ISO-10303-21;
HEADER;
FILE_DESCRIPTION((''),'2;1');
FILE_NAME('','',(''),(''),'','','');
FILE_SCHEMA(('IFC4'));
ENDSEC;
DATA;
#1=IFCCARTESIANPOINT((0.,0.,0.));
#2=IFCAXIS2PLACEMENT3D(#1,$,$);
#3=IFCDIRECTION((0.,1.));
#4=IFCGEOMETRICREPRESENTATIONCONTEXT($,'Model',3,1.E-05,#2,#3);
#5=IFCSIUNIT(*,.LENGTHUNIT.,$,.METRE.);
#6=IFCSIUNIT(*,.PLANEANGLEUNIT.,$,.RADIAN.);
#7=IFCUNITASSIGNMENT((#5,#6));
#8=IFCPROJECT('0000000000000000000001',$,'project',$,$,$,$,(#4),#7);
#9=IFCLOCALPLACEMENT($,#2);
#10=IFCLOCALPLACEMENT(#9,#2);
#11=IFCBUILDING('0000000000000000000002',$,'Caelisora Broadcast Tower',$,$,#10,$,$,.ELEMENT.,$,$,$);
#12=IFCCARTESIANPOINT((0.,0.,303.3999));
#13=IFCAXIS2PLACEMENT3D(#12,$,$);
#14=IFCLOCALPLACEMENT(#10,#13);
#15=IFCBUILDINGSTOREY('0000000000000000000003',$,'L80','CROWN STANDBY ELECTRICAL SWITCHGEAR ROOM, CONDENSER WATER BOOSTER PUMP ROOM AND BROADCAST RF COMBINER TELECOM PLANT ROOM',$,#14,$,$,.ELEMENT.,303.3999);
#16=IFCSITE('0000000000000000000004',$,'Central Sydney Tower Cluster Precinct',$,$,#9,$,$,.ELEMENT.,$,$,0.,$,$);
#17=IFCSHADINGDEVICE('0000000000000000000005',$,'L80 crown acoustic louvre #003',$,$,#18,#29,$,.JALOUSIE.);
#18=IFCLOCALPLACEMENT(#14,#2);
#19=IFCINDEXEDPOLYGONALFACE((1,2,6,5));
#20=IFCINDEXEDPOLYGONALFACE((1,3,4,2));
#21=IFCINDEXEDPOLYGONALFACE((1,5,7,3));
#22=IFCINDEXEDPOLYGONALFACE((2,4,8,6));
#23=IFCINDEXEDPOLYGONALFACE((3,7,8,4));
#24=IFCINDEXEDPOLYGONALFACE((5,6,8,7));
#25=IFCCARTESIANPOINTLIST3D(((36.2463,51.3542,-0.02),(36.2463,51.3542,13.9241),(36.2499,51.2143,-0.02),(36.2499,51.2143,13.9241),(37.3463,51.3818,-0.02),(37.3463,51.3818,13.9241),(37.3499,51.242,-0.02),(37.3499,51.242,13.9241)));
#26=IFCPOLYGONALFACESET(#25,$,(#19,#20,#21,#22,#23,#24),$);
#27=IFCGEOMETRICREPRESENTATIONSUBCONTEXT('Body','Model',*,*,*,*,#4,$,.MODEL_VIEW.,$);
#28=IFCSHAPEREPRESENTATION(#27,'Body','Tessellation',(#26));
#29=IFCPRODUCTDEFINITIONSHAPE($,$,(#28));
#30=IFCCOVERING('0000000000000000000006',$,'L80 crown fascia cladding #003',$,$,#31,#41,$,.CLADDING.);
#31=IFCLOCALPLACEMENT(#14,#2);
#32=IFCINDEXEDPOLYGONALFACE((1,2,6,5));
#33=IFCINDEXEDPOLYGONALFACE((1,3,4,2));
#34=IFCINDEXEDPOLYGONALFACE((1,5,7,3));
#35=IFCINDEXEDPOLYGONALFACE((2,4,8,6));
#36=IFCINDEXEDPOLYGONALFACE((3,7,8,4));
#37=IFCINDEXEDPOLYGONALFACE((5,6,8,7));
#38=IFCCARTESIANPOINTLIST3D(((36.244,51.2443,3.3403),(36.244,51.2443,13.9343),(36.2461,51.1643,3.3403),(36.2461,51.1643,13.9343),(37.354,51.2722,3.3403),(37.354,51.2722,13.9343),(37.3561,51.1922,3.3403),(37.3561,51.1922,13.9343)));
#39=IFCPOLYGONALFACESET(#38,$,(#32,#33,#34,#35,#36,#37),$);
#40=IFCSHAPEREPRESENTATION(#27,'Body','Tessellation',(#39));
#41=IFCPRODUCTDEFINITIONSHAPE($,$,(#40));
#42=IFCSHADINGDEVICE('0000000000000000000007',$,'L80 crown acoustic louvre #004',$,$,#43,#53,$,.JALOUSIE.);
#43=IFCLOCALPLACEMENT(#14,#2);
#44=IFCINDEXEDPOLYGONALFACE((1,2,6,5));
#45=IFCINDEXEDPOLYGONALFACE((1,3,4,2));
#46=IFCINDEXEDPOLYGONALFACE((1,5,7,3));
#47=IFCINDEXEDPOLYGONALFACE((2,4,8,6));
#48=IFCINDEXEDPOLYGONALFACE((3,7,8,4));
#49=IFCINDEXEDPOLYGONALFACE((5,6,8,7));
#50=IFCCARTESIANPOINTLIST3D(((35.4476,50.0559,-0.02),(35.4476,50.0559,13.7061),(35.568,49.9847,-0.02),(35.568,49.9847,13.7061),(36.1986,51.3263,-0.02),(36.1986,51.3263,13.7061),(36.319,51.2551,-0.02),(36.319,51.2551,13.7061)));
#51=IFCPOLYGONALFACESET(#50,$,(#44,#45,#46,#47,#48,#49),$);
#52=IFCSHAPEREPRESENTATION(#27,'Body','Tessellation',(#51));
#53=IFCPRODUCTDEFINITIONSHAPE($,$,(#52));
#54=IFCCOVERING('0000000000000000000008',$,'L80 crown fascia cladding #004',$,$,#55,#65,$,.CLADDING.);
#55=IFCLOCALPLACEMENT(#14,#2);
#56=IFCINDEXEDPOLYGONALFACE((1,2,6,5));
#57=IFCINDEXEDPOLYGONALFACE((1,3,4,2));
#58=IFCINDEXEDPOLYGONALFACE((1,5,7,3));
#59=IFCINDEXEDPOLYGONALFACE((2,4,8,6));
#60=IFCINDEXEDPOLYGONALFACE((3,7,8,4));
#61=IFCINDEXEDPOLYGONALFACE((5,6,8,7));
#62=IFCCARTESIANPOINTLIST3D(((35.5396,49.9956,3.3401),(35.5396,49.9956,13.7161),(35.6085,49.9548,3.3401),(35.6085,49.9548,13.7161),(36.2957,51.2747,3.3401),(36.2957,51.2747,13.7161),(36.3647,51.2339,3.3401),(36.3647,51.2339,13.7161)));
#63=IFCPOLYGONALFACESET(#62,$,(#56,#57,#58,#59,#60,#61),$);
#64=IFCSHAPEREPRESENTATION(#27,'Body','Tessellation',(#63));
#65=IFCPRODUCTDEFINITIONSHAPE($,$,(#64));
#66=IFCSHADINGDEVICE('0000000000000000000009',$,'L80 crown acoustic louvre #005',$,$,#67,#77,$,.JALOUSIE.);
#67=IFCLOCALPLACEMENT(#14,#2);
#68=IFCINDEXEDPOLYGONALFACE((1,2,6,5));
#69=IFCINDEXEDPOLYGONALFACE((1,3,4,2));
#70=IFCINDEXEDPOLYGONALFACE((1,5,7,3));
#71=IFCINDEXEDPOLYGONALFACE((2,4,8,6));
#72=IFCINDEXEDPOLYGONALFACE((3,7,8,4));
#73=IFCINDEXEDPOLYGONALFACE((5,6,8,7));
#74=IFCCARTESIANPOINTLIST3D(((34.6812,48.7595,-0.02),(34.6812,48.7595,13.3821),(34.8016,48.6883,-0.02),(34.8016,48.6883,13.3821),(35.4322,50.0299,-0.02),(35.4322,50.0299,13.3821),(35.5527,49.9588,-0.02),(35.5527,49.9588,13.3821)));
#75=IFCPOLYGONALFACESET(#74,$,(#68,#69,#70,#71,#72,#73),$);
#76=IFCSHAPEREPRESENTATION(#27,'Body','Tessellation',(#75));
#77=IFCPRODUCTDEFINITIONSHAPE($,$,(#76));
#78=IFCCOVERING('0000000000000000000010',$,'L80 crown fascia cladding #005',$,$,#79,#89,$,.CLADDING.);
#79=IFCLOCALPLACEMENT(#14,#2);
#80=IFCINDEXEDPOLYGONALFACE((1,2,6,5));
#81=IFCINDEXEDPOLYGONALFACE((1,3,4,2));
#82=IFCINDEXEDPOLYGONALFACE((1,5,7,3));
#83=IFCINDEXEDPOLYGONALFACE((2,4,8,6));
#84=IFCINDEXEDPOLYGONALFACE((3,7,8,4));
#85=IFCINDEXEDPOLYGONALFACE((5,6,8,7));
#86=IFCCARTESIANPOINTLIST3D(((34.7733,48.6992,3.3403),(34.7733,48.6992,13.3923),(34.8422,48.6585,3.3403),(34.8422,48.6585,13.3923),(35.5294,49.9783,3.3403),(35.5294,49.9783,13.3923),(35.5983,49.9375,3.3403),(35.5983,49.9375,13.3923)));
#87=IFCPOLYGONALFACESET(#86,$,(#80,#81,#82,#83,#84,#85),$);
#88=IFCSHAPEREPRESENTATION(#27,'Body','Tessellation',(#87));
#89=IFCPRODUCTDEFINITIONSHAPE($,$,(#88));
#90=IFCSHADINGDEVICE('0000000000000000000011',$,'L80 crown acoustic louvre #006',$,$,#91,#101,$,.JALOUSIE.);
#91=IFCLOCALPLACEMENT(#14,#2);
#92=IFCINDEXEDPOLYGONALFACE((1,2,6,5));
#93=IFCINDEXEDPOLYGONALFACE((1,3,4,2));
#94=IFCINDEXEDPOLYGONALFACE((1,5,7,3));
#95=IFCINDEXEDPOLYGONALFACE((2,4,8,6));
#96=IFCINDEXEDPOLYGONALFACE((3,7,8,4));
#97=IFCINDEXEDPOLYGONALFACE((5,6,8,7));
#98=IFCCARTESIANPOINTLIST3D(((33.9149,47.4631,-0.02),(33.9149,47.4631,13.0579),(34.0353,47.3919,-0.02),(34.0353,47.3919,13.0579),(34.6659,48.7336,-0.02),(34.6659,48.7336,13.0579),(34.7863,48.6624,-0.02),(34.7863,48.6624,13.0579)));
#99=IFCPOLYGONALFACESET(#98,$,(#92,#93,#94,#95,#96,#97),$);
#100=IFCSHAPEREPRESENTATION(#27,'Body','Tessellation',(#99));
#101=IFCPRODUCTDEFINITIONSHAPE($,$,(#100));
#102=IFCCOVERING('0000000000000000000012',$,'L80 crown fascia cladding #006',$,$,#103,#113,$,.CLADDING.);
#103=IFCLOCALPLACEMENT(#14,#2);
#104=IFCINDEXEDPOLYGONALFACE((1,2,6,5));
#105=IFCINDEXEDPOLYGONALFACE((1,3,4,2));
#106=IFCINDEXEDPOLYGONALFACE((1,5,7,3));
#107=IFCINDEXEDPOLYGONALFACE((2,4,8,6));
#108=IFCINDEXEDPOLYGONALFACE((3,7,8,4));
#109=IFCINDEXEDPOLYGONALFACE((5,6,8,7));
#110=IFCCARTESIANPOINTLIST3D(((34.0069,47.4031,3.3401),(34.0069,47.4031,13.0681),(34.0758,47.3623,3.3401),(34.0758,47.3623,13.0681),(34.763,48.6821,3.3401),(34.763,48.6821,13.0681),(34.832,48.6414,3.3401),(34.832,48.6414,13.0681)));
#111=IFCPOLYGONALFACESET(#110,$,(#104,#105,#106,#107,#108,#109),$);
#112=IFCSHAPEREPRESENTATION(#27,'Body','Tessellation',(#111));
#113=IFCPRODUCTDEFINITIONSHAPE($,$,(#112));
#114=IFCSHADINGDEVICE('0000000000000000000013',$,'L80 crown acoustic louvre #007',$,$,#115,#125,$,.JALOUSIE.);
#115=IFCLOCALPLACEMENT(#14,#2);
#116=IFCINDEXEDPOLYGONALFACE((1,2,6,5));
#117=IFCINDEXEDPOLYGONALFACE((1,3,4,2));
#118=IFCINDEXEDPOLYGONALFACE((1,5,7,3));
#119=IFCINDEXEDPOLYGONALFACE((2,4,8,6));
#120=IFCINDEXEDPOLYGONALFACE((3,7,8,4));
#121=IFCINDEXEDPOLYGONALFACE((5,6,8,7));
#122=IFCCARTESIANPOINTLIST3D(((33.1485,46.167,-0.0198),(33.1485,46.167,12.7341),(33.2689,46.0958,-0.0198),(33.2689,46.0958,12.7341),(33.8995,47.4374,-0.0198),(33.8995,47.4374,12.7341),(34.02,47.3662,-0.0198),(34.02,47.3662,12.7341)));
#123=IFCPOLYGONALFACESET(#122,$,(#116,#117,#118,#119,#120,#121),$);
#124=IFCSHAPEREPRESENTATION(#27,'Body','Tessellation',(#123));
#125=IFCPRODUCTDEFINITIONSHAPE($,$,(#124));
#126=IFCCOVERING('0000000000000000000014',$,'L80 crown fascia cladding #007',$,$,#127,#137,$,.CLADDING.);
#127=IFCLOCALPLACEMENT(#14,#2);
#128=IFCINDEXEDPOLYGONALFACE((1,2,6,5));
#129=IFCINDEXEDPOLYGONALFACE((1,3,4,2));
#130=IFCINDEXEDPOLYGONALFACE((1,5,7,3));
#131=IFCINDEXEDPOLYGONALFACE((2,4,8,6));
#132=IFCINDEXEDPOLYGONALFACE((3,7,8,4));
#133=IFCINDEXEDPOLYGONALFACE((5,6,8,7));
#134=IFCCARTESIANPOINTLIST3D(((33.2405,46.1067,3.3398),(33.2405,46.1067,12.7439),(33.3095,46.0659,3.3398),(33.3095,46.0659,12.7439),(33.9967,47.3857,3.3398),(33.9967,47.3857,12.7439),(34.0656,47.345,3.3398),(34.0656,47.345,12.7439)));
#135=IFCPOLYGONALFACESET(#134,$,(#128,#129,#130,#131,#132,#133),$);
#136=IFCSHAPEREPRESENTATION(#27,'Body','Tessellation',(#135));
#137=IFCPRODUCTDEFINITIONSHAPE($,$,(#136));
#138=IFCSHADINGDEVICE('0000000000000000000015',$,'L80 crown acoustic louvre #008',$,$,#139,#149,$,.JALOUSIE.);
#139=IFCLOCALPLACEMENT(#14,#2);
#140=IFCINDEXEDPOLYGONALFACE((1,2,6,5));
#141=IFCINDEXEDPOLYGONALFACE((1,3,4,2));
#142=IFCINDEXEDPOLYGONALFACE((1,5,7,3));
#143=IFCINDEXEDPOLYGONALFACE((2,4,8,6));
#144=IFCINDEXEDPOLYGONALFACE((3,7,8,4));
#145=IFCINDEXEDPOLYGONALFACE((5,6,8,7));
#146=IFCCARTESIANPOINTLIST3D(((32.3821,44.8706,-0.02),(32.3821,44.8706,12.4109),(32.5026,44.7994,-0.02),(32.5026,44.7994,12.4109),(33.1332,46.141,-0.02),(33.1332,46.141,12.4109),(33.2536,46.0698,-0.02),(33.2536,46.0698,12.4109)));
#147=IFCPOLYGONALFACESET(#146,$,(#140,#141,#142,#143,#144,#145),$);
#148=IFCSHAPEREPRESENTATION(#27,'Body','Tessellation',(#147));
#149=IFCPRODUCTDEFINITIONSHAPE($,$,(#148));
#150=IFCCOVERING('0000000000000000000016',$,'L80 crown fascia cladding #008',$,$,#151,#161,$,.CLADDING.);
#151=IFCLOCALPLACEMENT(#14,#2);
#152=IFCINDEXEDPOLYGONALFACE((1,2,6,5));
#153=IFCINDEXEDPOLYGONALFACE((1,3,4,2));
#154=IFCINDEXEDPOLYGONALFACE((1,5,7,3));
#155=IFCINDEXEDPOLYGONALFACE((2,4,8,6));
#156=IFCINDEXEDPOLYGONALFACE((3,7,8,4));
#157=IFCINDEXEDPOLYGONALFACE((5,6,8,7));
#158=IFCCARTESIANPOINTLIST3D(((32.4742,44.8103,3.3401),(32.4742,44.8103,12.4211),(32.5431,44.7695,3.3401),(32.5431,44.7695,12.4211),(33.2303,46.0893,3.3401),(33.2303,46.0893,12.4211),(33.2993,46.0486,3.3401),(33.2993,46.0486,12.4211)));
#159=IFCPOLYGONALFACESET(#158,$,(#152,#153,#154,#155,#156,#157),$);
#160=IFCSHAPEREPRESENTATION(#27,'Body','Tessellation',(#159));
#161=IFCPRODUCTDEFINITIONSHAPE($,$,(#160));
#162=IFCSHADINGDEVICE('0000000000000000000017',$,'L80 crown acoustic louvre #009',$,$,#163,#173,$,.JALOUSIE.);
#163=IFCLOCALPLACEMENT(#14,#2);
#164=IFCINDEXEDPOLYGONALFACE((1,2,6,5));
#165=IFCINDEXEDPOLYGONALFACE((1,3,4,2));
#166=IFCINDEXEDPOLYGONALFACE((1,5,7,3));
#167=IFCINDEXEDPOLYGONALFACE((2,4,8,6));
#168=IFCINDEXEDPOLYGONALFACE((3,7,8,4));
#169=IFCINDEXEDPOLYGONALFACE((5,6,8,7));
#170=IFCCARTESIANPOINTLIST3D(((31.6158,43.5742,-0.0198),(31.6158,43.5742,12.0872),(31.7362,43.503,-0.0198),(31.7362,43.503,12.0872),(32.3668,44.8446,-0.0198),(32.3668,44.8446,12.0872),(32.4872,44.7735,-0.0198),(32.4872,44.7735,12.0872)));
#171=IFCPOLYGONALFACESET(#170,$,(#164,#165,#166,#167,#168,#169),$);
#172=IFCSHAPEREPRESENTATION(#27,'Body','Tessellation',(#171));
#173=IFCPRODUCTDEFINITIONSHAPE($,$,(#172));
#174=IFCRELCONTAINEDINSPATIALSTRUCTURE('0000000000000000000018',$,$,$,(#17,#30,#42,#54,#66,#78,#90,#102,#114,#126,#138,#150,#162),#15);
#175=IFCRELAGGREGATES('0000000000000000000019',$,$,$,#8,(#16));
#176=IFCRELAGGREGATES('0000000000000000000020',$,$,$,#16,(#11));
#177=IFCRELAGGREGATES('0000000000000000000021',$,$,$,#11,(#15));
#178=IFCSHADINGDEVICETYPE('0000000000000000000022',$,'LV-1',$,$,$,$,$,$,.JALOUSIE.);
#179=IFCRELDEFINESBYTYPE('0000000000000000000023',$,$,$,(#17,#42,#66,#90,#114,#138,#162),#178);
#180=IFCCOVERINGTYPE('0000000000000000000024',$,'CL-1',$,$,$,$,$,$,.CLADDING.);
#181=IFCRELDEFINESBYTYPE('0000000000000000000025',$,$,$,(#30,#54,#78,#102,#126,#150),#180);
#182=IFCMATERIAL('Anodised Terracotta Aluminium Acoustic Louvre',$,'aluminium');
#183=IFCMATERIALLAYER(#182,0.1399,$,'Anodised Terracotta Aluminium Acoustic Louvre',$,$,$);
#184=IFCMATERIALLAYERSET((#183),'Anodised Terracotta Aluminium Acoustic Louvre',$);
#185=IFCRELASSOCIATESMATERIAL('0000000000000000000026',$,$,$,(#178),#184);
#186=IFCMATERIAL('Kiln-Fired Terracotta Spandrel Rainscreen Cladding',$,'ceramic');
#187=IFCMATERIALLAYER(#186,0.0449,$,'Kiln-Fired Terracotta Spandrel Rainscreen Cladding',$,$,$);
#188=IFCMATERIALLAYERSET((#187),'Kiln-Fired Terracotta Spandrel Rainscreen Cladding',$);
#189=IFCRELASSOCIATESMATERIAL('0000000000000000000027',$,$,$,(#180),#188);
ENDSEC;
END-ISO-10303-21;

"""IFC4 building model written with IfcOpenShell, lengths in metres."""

from ifc_helpers import new_model, si_unit, direction, frame, origin, origin_2d, place, context, subcontext, project, spatial, rectangle, extrude, source, transform, mapped, material, layer, layer_set, type_object, element, save


model = new_model("IFC4")

# Units and contexts
model_context = context("Model", 3, precision=1e-05, world=origin(), true_north=direction((0.0, 1.0)))
body_context = subcontext(model_context, "Body", "Model", "MODEL_VIEW")
ifc_project = project(units=[si_unit("LENGTHUNIT", "METRE"), si_unit("PLANEANGLEUNIT", "RADIAN")], contexts=[model_context])

# Site, building, storey
site_placement = place(None, origin())
site = spatial("IfcSite", under=ifc_project, at=site_placement, Name="Central Sydney Tower Cluster Precinct", CompositionType="ELEMENT", RefElevation=0.0)
building_placement = place(site_placement, origin())
building = spatial("IfcBuilding", under=site, at=building_placement, Name="Caelisora Broadcast Tower", CompositionType="ELEMENT")
storey_placement = place(building_placement, frame((0.0, 0.0, 303.3999)))
storey = spatial("IfcBuildingStorey", under=building, at=storey_placement, Name="L80", Description="CROWN STANDBY ELECTRICAL SWITCHGEAR ROOM, CONDENSER WATER BOOSTER PUMP ROOM AND BROADCAST RF COMBINER TELECOM PLANT ROOM", CompositionType="ELEMENT", Elevation=303.3999)

# Shading device
ifc_material_1 = material(Name="Anodised Terracotta Aluminium Acoustic Louvre", Category="aluminium")
ifc_layer_1 = layer(ifc_material_1, 0.1399, Name="Anodised Terracotta Aluminium Acoustic Louvre")
ifc_layer_set_1 = layer_set([ifc_layer_1], Name="Anodised Terracotta Aluminium Acoustic Louvre")
shading_device_type = type_object("IfcShadingDeviceType", Name="LV-1", PredefinedType="JALOUSIE", material=ifc_layer_set_1)
shared_shape_1 = source(origin(), body_context, "Body", "SweptSolid", [
    extrude(rectangle(XDim=1.1003, YDim=0.1399, at=origin_2d()), origin(), (0.0, 0.0, 1.0), 13.9441),
])
shading_device_1_placement = place(storey_placement, frame((36.7981, 51.2981, -0.02), z_axis=(0.0, 0.0, 1.0), x_axis=(-0.999684, -0.02513, 0.0)))
element("IfcShadingDevice", 1, at=shading_device_1_placement, inside=storey, type_object=shading_device_type, Name="L80 crown acoustic louvre #003", PredefinedType="JALOUSIE", context=body_context, shape_type="MappedRepresentation", body=[
    mapped(shared_shape_1, transform((0.0, 0.0, 0.0), scale=1.0)),
])

# Covering
ifc_material_2 = material(Name="Kiln-Fired Terracotta Spandrel Rainscreen Cladding", Category="ceramic")
ifc_layer_2 = layer(ifc_material_2, 0.0449, Name="Kiln-Fired Terracotta Spandrel Rainscreen Cladding")
ifc_layer_set_2 = layer_set([ifc_layer_2], Name="Kiln-Fired Terracotta Spandrel Rainscreen Cladding")
covering_type = type_object("IfcCoveringType", Name="CL-1", PredefinedType="CLADDING", material=ifc_layer_set_2)
shared_shape_2 = source(origin(), body_context, "Body", "SweptSolid", [
    extrude(rectangle(XDim=1.1104, YDim=0.0801, at=origin_2d()), origin(), (0.0, 0.0, 1.0), 10.594),
])
covering_1_placement = place(storey_placement, frame((36.8, 51.2183, 3.3403), z_axis=(0.0, 0.0, 1.0), x_axis=(-0.999684, -0.02513, 0.0)))
element("IfcCovering", 2, at=covering_1_placement, inside=storey, type_object=covering_type, Name="L80 crown fascia cladding #003", PredefinedType="CLADDING", context=body_context, shape_type="MappedRepresentation", body=[
    mapped(shared_shape_2, transform((0.0, 0.0, 0.0), scale=1.0)),
])

# Shading device
shared_shape_3 = source(origin(), body_context, "Body", "SweptSolid", [
    extrude(rectangle(XDim=1.4758, YDim=0.1399, at=origin_2d()), origin(), (0.0, 0.0, 1.0), 13.7261),
])
shading_device_2_placement = place(storey_placement, frame((35.8833, 50.6555, -0.02), z_axis=(0.0, 0.0, 1.0), x_axis=(-0.508891, -0.860831, 0.0)))
element("IfcShadingDevice", 3, at=shading_device_2_placement, inside=storey, type_object=shading_device_type, Name="L80 crown acoustic louvre #004", PredefinedType="JALOUSIE", context=body_context, shape_type="MappedRepresentation", body=[
    mapped(shared_shape_3, transform((0.0, 0.0, 0.0), scale=1.0)),
])

# Covering
shared_shape_4 = source(origin(), body_context, "Body", "SweptSolid", [
    extrude(rectangle(XDim=1.4858, YDim=0.0801, at=origin_2d()), origin(), (0.0, 0.0, 1.0), 10.376),
])
covering_2_placement = place(storey_placement, frame((35.9521, 50.6147, 3.3401), z_axis=(0.0, 0.0, 1.0), x_axis=(-0.508891, -0.860831, 0.0)))
element("IfcCovering", 4, at=covering_2_placement, inside=storey, type_object=covering_type, Name="L80 crown fascia cladding #004", PredefinedType="CLADDING", context=body_context, shape_type="MappedRepresentation", body=[
    mapped(shared_shape_4, transform((0.0, 0.0, 0.0), scale=1.0)),
])

# Shading device
shared_shape_5 = source(origin(), body_context, "Body", "SweptSolid", [
    extrude(rectangle(XDim=1.4758, YDim=0.1399, at=origin_2d()), origin(), (0.0, 0.0, 1.0), 13.4021),
])
shading_device_3_placement = place(storey_placement, frame((35.1169, 49.3591, -0.02), z_axis=(0.0, 0.0, 1.0), x_axis=(-0.508891, -0.860831, 0.0)))
element("IfcShadingDevice", 5, at=shading_device_3_placement, inside=storey, type_object=shading_device_type, Name="L80 crown acoustic louvre #005", PredefinedType="JALOUSIE", context=body_context, shape_type="MappedRepresentation", body=[
    mapped(shared_shape_5, transform((0.0, 0.0, 0.0), scale=1.0)),
])

# Covering
shared_shape_6 = source(origin(), body_context, "Body", "SweptSolid", [
    extrude(rectangle(XDim=1.4858, YDim=0.0801, at=origin_2d()), origin(), (0.0, 0.0, 1.0), 10.052),
])
covering_3_placement = place(storey_placement, frame((35.1858, 49.3184, 3.3403), z_axis=(0.0, 0.0, 1.0), x_axis=(-0.508891, -0.860831, 0.0)))
element("IfcCovering", 6, at=covering_3_placement, inside=storey, type_object=covering_type, Name="L80 crown fascia cladding #005", PredefinedType="CLADDING", context=body_context, shape_type="MappedRepresentation", body=[
    mapped(shared_shape_6, transform((0.0, 0.0, 0.0), scale=1.0)),
])

# Shading device
shared_shape_7 = source(origin(), body_context, "Body", "SweptSolid", [
    extrude(rectangle(XDim=1.4758, YDim=0.1399, at=origin_2d()), origin(), (0.0, 0.0, 1.0), 13.0779),
])
shading_device_4_placement = place(storey_placement, frame((34.3506, 48.0627, -0.02), z_axis=(0.0, 0.0, 1.0), x_axis=(-0.508891, -0.860831, 0.0)))
element("IfcShadingDevice", 7, at=shading_device_4_placement, inside=storey, type_object=shading_device_type, Name="L80 crown acoustic louvre #006", PredefinedType="JALOUSIE", context=body_context, shape_type="MappedRepresentation", body=[
    mapped(shared_shape_7, transform((0.0, 0.0, 0.0), scale=1.0)),
])

# Covering
shared_shape_8 = source(origin(), body_context, "Body", "SweptSolid", [
    extrude(rectangle(XDim=1.4858, YDim=0.0801, at=origin_2d()), origin(), (0.0, 0.0, 1.0), 9.728),
])
covering_4_placement = place(storey_placement, frame((34.4194, 48.0222, 3.3401), z_axis=(0.0, 0.0, 1.0), x_axis=(-0.508891, -0.860831, 0.0)))
element("IfcCovering", 8, at=covering_4_placement, inside=storey, type_object=covering_type, Name="L80 crown fascia cladding #006", PredefinedType="CLADDING", context=body_context, shape_type="MappedRepresentation", body=[
    mapped(shared_shape_8, transform((0.0, 0.0, 0.0), scale=1.0)),
])

# Shading device
shared_shape_9 = source(origin(), body_context, "Body", "SweptSolid", [
    extrude(rectangle(XDim=1.4758, YDim=0.1399, at=origin_2d()), origin(), (0.0, 0.0, 1.0), 12.7539),
])
shading_device_5_placement = place(storey_placement, frame((33.5842, 46.7666, -0.0198), z_axis=(0.0, 0.0, 1.0), x_axis=(-0.508891, -0.860831, 0.0)))
element("IfcShadingDevice", 9, at=shading_device_5_placement, inside=storey, type_object=shading_device_type, Name="L80 crown acoustic louvre #007", PredefinedType="JALOUSIE", context=body_context, shape_type="MappedRepresentation", body=[
    mapped(shared_shape_9, transform((0.0, 0.0, 0.0), scale=1.0)),
])

# Covering
shared_shape_10 = source(origin(), body_context, "Body", "SweptSolid", [
    extrude(rectangle(XDim=1.4858, YDim=0.0801, at=origin_2d()), origin(), (0.0, 0.0, 1.0), 9.4041),
])
covering_5_placement = place(storey_placement, frame((33.6531, 46.7258, 3.3398), z_axis=(0.0, 0.0, 1.0), x_axis=(-0.508891, -0.860831, 0.0)))
element("IfcCovering", 10, at=covering_5_placement, inside=storey, type_object=covering_type, Name="L80 crown fascia cladding #007", PredefinedType="CLADDING", context=body_context, shape_type="MappedRepresentation", body=[
    mapped(shared_shape_10, transform((0.0, 0.0, 0.0), scale=1.0)),
])

# Shading device
shared_shape_11 = source(origin(), body_context, "Body", "SweptSolid", [
    extrude(rectangle(XDim=1.4758, YDim=0.1399, at=origin_2d()), origin(), (0.0, 0.0, 1.0), 12.4309),
])
shading_device_6_placement = place(storey_placement, frame((32.8179, 45.4702, -0.02), z_axis=(0.0, 0.0, 1.0), x_axis=(-0.508891, -0.860831, 0.0)))
element("IfcShadingDevice", 11, at=shading_device_6_placement, inside=storey, type_object=shading_device_type, Name="L80 crown acoustic louvre #008", PredefinedType="JALOUSIE", context=body_context, shape_type="MappedRepresentation", body=[
    mapped(shared_shape_11, transform((0.0, 0.0, 0.0), scale=1.0)),
])

# Covering
shared_shape_12 = source(origin(), body_context, "Body", "SweptSolid", [
    extrude(rectangle(XDim=1.4858, YDim=0.0801, at=origin_2d()), origin(), (0.0, 0.0, 1.0), 9.0811),
])
covering_6_placement = place(storey_placement, frame((32.8867, 45.4294, 3.3401), z_axis=(0.0, 0.0, 1.0), x_axis=(-0.508891, -0.860831, 0.0)))
element("IfcCovering", 12, at=covering_6_placement, inside=storey, type_object=covering_type, Name="L80 crown fascia cladding #008", PredefinedType="CLADDING", context=body_context, shape_type="MappedRepresentation", body=[
    mapped(shared_shape_12, transform((0.0, 0.0, 0.0), scale=1.0)),
])

# Shading device
shared_shape_13 = source(origin(), body_context, "Body", "SweptSolid", [
    extrude(rectangle(XDim=1.4758, YDim=0.1399, at=origin_2d()), origin(), (0.0, 0.0, 1.0), 12.1069),
])
shading_device_7_placement = place(storey_placement, frame((32.0515, 44.1738, -0.0198), z_axis=(0.0, 0.0, 1.0), x_axis=(-0.508891, -0.860831, 0.0)))
element("IfcShadingDevice", 13, at=shading_device_7_placement, inside=storey, type_object=shading_device_type, Name="L80 crown acoustic louvre #009", PredefinedType="JALOUSIE", context=body_context, shape_type="MappedRepresentation", body=[
    mapped(shared_shape_13, transform((0.0, 0.0, 0.0), scale=1.0)),
])

save(model, "model.ifc")
